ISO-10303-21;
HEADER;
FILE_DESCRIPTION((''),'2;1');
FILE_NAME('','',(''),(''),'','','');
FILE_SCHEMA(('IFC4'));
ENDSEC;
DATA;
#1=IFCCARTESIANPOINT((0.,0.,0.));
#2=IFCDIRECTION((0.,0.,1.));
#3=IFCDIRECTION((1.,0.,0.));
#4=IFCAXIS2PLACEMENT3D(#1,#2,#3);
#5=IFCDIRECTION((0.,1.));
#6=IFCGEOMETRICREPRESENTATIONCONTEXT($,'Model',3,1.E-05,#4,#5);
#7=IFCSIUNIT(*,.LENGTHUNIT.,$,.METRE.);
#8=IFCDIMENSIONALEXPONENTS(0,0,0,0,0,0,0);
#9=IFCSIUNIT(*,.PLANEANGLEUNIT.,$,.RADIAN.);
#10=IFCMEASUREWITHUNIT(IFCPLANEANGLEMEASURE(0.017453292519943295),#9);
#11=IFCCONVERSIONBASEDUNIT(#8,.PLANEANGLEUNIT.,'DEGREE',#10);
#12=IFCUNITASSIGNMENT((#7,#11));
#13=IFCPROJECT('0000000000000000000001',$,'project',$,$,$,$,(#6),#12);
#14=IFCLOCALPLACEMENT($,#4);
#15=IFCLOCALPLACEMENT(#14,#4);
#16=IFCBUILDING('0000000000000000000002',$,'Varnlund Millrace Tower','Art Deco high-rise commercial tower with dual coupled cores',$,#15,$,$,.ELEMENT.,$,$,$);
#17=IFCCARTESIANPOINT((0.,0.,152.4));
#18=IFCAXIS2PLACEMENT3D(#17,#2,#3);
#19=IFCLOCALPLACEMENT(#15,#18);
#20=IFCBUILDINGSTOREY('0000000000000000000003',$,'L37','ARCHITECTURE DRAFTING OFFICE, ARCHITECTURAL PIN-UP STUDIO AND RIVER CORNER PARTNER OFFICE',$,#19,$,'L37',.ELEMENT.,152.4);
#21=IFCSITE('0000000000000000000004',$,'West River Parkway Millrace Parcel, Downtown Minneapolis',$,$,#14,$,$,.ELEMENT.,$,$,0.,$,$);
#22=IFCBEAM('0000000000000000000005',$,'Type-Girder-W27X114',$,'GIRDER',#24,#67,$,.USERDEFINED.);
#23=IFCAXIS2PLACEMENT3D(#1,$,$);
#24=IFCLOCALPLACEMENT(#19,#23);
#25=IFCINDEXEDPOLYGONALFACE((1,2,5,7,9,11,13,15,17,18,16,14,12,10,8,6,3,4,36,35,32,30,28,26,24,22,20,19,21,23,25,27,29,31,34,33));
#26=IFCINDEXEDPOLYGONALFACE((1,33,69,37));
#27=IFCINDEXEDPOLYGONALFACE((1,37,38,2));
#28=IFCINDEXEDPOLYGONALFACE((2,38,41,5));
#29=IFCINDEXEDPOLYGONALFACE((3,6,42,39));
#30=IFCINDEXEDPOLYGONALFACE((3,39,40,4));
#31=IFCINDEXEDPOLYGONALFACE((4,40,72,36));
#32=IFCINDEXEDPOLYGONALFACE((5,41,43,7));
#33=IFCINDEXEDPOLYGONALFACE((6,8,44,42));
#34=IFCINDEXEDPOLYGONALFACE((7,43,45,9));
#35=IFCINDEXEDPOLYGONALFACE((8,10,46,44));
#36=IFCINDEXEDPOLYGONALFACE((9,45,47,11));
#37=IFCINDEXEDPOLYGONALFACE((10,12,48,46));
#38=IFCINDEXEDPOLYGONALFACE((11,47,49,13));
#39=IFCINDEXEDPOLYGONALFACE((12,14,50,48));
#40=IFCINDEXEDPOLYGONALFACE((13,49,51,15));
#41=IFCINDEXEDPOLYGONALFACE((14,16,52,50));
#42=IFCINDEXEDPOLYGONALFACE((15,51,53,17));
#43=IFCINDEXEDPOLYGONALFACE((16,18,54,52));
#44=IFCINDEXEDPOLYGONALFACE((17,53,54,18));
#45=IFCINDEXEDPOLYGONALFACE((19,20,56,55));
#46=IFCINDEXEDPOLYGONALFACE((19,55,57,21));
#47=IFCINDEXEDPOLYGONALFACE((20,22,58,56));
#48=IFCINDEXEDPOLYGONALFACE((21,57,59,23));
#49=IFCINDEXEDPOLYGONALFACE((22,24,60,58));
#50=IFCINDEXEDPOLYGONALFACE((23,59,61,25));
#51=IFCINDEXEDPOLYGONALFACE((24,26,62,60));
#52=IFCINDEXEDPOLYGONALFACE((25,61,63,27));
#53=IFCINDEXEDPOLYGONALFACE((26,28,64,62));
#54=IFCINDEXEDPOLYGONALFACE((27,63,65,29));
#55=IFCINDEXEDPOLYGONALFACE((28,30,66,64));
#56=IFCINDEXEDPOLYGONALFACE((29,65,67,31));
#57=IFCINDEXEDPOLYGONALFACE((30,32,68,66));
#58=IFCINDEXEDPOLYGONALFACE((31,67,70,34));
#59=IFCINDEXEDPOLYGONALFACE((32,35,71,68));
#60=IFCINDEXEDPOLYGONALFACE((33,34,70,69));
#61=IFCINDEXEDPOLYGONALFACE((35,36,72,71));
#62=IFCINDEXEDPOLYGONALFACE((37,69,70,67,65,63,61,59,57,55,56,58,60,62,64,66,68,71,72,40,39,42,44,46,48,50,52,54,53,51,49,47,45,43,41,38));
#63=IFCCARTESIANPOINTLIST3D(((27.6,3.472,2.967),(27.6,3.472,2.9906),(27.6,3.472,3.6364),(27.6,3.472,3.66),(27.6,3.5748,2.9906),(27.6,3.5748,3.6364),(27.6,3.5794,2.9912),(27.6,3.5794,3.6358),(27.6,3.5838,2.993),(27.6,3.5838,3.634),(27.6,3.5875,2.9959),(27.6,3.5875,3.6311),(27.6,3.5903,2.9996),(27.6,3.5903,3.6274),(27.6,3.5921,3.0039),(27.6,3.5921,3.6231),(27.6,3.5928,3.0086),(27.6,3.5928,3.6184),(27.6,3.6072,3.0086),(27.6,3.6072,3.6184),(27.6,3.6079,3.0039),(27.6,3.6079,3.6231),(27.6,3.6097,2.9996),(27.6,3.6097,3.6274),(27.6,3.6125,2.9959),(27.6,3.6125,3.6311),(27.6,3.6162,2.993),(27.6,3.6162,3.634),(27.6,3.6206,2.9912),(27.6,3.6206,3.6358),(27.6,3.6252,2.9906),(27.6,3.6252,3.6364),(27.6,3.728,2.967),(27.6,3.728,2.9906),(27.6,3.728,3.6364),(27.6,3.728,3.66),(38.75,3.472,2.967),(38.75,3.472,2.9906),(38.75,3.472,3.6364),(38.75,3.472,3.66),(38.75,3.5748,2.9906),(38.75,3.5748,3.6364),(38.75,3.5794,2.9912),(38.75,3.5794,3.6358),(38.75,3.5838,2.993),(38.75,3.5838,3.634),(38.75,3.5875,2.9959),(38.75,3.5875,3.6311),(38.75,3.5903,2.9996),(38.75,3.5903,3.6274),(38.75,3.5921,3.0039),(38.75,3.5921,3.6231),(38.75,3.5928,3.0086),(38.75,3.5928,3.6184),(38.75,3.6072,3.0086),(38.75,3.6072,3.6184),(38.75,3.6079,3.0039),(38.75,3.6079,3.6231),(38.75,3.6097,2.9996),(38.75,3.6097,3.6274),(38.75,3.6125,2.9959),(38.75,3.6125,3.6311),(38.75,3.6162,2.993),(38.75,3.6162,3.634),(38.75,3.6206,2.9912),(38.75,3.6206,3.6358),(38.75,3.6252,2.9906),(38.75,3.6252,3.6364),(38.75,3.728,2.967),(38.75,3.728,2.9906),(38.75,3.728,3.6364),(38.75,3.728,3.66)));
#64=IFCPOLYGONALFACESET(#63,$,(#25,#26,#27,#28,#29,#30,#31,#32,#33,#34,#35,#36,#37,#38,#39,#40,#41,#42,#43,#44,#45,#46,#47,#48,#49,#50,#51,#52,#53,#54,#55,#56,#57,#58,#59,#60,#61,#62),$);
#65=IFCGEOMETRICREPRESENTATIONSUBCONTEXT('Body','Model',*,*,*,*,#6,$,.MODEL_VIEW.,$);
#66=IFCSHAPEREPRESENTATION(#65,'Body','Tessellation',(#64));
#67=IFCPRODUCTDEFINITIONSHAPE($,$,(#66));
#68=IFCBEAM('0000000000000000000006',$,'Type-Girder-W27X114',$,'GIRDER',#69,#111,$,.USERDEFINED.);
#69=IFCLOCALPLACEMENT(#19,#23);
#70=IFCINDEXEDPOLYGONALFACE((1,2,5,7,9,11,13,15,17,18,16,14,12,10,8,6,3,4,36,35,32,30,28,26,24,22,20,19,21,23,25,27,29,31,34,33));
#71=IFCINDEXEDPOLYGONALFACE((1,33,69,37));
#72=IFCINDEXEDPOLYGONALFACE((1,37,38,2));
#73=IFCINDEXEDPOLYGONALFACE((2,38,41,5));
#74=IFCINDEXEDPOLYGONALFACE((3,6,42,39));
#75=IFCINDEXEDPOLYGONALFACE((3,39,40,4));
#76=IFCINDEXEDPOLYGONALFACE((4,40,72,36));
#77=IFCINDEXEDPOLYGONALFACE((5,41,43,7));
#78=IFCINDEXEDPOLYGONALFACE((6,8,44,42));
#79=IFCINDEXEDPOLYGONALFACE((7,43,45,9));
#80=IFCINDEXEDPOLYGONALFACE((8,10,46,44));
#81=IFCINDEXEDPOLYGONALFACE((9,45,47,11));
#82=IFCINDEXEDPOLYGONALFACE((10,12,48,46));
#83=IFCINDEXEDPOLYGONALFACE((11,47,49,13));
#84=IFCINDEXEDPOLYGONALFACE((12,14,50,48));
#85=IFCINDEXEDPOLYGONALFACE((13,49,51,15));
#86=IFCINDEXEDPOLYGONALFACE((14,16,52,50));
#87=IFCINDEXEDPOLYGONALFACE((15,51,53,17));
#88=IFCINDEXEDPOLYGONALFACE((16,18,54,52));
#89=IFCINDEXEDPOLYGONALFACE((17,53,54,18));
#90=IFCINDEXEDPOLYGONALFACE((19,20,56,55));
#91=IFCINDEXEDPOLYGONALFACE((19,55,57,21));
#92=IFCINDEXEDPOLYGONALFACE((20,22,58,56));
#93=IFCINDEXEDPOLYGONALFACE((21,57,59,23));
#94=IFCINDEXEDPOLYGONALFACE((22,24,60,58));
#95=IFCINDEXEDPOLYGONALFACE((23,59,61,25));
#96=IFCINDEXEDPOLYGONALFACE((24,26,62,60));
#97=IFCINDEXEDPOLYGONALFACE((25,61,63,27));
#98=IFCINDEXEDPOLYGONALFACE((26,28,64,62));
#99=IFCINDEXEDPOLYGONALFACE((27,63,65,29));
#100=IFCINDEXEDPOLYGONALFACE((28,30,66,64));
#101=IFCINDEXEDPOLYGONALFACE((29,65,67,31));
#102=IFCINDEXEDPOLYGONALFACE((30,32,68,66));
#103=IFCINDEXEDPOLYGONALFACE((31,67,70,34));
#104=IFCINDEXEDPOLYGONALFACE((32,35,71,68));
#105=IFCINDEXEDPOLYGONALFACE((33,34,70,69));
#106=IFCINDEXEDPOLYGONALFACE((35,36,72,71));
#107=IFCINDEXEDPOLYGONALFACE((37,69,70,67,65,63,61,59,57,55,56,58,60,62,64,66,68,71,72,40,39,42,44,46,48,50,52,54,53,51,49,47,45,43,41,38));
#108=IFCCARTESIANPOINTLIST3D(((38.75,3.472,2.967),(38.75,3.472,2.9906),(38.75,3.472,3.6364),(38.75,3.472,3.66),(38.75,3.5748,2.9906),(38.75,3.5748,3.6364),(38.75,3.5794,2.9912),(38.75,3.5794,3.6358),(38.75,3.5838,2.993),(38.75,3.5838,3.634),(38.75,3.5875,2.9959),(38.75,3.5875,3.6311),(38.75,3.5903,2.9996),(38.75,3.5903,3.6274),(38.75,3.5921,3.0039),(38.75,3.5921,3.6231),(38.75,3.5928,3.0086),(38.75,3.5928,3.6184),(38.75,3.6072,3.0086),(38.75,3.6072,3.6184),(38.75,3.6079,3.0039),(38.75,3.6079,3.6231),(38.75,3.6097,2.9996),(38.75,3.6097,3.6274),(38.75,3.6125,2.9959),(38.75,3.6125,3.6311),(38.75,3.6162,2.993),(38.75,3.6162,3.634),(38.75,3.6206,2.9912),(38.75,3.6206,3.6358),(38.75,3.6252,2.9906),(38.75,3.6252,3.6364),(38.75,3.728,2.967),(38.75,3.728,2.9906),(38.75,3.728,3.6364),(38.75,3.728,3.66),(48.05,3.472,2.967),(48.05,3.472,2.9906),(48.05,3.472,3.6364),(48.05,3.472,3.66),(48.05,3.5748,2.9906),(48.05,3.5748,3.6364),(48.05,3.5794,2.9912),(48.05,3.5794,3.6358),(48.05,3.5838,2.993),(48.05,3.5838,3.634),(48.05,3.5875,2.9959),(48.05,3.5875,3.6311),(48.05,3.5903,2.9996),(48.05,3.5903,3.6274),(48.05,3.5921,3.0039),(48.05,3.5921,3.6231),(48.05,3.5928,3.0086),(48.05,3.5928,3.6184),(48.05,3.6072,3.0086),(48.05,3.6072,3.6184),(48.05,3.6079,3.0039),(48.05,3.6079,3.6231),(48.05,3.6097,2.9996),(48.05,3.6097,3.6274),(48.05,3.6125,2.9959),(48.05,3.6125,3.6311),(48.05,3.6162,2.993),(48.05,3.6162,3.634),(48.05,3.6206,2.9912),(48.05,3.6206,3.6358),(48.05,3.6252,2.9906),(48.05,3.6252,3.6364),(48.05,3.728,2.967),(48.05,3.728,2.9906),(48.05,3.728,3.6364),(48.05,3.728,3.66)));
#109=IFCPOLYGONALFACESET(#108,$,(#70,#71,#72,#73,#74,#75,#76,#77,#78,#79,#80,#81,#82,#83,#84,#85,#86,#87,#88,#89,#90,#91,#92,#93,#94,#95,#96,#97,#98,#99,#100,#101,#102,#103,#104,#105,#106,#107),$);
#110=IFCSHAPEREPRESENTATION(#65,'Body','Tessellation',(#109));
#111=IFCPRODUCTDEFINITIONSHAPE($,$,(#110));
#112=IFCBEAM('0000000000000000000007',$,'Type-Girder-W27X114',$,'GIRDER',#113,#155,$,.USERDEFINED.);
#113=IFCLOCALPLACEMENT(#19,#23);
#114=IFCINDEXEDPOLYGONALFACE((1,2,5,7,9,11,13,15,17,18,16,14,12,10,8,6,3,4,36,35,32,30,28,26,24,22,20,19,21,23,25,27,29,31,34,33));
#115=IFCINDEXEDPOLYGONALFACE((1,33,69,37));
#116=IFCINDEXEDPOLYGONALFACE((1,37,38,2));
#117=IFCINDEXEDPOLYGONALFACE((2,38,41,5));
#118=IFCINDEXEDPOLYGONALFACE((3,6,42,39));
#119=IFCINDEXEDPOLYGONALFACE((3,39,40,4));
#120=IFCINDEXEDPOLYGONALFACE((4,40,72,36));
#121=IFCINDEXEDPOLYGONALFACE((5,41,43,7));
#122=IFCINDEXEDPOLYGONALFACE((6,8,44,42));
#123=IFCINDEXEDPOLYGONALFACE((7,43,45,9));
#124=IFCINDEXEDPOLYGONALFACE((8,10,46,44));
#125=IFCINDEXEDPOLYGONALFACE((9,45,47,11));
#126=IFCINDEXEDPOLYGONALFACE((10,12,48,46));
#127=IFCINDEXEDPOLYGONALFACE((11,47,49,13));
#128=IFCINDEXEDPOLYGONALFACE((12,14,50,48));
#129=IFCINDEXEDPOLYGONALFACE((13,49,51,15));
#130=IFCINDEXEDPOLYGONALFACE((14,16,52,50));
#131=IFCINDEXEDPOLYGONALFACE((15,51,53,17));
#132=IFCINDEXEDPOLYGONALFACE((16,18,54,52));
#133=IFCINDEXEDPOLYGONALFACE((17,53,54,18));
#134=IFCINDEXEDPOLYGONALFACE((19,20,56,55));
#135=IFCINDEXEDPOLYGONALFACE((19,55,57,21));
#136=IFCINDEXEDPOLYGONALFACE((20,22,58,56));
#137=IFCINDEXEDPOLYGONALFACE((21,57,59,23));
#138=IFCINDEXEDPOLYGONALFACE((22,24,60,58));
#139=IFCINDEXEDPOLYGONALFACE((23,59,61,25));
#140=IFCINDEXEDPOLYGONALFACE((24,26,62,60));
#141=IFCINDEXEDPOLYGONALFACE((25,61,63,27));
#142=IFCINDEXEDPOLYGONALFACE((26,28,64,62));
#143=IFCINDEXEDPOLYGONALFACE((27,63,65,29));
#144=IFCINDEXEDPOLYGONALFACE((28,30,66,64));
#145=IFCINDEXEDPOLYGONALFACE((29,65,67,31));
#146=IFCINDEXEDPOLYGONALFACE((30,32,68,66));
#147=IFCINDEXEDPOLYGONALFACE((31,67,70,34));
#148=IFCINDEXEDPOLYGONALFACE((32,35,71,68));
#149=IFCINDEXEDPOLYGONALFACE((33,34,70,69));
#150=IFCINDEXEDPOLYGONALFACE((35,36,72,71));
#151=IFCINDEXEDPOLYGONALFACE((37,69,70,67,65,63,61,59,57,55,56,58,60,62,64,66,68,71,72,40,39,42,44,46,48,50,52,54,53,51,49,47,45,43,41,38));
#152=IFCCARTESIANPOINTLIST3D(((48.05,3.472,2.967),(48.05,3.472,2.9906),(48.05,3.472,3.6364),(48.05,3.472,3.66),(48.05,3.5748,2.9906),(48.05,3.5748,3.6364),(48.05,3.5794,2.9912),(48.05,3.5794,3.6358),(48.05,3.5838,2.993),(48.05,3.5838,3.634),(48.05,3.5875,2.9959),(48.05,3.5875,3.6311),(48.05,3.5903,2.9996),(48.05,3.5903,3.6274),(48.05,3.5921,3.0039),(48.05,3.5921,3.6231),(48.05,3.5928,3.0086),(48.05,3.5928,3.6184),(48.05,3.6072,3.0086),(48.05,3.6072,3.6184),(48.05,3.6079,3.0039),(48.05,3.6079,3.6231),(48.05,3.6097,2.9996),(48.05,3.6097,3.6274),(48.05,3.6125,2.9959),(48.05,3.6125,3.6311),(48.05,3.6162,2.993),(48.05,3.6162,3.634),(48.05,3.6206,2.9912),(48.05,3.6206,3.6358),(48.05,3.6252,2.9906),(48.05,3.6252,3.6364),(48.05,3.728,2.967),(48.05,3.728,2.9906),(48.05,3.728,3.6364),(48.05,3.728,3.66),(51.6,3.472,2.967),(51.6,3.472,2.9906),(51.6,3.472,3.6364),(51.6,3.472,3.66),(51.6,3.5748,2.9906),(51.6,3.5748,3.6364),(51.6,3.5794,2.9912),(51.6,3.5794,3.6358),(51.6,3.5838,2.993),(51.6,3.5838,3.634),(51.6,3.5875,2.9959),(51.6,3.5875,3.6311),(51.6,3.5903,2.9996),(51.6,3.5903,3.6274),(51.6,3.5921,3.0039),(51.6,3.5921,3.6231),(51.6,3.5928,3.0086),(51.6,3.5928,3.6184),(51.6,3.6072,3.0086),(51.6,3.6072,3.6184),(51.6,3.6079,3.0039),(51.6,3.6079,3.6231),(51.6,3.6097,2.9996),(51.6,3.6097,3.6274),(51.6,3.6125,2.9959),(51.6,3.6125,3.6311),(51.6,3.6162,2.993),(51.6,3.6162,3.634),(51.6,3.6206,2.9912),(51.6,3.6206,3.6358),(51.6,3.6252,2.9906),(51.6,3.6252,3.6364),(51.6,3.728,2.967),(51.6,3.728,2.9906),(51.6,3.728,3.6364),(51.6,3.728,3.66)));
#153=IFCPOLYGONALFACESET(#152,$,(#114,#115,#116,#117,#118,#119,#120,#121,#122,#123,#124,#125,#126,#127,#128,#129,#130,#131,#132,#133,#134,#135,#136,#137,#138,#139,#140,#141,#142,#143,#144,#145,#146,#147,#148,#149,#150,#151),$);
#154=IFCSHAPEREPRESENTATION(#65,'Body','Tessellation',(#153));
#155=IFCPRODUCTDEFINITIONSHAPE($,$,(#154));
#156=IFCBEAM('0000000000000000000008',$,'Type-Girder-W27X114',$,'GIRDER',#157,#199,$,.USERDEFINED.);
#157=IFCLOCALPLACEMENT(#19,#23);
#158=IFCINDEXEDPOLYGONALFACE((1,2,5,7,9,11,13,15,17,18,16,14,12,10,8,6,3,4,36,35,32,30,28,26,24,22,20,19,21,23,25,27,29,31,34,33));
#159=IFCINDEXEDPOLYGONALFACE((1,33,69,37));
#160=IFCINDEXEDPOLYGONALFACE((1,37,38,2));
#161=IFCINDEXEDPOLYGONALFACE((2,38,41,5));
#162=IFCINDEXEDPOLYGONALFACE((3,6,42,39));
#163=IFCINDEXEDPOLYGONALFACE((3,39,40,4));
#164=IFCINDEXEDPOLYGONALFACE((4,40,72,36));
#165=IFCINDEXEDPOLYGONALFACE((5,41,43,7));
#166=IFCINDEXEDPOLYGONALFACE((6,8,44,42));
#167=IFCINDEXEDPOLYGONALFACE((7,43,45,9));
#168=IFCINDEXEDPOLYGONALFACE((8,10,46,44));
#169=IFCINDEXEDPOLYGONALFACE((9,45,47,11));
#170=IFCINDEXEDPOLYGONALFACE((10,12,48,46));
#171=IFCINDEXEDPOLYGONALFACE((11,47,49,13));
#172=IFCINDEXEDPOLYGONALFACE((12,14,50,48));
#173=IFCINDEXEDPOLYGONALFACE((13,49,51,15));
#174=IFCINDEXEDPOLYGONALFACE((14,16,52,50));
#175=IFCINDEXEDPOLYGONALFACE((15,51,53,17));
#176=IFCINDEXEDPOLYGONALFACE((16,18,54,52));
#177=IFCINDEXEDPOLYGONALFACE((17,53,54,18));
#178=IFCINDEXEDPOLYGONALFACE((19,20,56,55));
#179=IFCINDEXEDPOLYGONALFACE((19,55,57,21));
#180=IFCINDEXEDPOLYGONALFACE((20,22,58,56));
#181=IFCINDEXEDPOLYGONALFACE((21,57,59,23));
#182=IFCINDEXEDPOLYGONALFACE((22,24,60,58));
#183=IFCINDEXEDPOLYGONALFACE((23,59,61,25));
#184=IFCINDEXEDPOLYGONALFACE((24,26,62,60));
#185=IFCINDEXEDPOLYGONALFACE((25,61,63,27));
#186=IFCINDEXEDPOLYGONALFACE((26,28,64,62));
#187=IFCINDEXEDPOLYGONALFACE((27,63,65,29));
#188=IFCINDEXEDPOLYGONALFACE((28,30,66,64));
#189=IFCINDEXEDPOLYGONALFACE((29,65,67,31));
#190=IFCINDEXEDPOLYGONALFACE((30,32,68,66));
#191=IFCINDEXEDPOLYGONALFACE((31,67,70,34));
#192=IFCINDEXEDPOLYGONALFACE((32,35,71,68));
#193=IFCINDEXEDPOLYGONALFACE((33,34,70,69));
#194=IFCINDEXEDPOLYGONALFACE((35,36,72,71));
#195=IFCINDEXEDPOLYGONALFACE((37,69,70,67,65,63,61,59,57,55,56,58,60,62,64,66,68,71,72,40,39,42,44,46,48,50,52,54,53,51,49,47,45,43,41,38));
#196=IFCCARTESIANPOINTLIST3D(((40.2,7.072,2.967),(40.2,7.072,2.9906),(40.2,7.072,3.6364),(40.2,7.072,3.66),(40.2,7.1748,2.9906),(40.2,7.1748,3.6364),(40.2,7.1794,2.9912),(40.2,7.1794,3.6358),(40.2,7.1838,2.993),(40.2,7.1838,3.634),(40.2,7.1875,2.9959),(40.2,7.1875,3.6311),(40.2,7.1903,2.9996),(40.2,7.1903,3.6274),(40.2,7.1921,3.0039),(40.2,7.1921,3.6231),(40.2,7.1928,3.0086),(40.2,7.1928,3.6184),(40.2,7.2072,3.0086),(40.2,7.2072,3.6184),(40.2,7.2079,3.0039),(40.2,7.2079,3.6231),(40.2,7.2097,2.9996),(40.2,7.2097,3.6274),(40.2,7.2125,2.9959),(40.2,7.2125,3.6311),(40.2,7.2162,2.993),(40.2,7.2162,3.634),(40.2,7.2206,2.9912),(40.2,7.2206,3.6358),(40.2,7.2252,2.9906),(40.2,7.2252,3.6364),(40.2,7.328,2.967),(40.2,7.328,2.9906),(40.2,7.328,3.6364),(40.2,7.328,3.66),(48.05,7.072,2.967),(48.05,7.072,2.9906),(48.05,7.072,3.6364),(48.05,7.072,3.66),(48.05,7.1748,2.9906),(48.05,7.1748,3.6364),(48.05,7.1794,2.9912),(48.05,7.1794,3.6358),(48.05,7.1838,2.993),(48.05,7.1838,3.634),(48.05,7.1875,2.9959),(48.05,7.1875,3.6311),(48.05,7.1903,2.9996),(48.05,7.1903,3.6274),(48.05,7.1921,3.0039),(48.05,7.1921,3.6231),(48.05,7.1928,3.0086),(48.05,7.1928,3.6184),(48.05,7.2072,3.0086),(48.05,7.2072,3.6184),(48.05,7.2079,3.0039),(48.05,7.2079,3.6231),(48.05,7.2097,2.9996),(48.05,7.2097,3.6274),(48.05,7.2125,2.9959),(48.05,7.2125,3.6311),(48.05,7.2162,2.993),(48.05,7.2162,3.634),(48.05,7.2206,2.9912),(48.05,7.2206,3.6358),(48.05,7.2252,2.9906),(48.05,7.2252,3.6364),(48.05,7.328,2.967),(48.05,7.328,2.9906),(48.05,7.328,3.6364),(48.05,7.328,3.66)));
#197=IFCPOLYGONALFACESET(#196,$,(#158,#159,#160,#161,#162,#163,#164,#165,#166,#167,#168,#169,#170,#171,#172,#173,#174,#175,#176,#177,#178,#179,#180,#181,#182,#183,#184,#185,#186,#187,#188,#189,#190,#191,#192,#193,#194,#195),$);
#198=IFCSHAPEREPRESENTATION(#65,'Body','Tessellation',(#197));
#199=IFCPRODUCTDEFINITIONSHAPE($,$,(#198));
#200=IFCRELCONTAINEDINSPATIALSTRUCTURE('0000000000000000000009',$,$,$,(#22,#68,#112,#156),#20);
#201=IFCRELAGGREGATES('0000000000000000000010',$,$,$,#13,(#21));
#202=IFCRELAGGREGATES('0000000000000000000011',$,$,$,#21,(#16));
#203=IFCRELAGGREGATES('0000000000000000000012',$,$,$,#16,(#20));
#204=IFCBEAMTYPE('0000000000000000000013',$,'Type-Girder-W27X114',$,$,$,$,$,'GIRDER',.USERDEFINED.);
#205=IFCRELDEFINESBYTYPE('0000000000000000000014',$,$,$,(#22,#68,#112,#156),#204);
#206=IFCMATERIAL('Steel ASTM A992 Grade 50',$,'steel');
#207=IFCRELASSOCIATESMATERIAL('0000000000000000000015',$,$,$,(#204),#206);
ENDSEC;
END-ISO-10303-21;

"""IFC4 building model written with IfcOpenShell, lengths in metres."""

from ifc_helpers import new_model, entity, si_unit, converted_unit, direction, frame, origin_with_axes, origin_2d_with_axis, place, context, subcontext, project, spatial, i_section, extrude, material, material_profile, profile_set, type_object, element, save


model = new_model("IFC4")

# Units and contexts
model_context = context("Model", 3, precision=1e-05, world=origin_with_axes(), true_north=direction((0.0, 1.0)))
body_context = subcontext(model_context, "Body", "Model", "MODEL_VIEW")
ifc_project = project(units=[si_unit("LENGTHUNIT", "METRE"), converted_unit("PLANEANGLEUNIT", "DEGREE", entity("IfcPlaneAngleMeasure", 0.017453292519943295), si_unit("PLANEANGLEUNIT", "RADIAN"), dimensions=[0, 0, 0, 0, 0, 0, 0])], contexts=[model_context])

# Site, building, storey
site_placement = place(None, origin_with_axes())
site = spatial("IfcSite", under=ifc_project, at=site_placement, Name="West River Parkway Millrace Parcel, Downtown Minneapolis", CompositionType="ELEMENT", RefElevation=0.0)
building_placement = place(site_placement, origin_with_axes())
building = spatial("IfcBuilding", under=site, at=building_placement, Name="Varnlund Millrace Tower", Description="Art Deco high-rise commercial tower with dual coupled cores", CompositionType="ELEMENT")
storey_placement = place(building_placement, frame((0.0, 0.0, 152.4), z_axis=(0.0, 0.0, 1.0), x_axis=(1.0, 0.0, 0.0)))
storey = spatial("IfcBuildingStorey", under=building, at=storey_placement, Name="L37", Description="ARCHITECTURE DRAFTING OFFICE, ARCHITECTURAL PIN-UP STUDIO AND RIVER CORNER PARTNER OFFICE", LongName="L37", CompositionType="ELEMENT", Elevation=152.4)

# Beams
ifc_material_1 = material(Name="Steel ASTM A992 Grade 50", Category="steel")
ifc_material_profile_1 = material_profile(ifc_material_1, i_section(OverallWidth=0.256, OverallDepth=0.693, WebThickness=0.0145, FlangeThickness=0.0236, FilletRadius=0.018, at=origin_2d_with_axis()), Name="Steel ASTM A992 Grade 50")
ifc_profile_set_1 = profile_set([ifc_material_profile_1], Name="Steel ASTM A992 Grade 50")
beam_type_1 = type_object("IfcBeamType", Name="Type-Girder-W27X114", ElementType="GIRDER", PredefinedType="USERDEFINED", material=ifc_profile_set_1)
beam_1_placement = place(storey_placement, frame((27.6, 3.6, 3.3135), z_axis=(1.0, 0.0, 0.0), x_axis=(0.0, 1.0, 0.0)))
element("IfcBeam", 1, at=beam_1_placement, inside=storey, type_object=beam_type_1, Name="Type-Girder-W27X114", ObjectType="GIRDER", PredefinedType="USERDEFINED", context=body_context, shape_type="SweptSolid", body=[
    extrude(i_section(OverallWidth=0.256, OverallDepth=0.693, WebThickness=0.0145, FlangeThickness=0.0236, FilletRadius=0.018, at=origin_2d_with_axis()), origin_with_axes(), (0.0, 0.0, 1.0), 11.15),
])
beam_2_placement = place(storey_placement, frame((38.75, 3.6, 3.3135), z_axis=(1.0, 0.0, 0.0), x_axis=(0.0, 1.0, 0.0)))
element("IfcBeam", 2, at=beam_2_placement, inside=storey, type_object=beam_type_1, Name="Type-Girder-W27X114", ObjectType="GIRDER", PredefinedType="USERDEFINED", context=body_context, shape_type="SweptSolid", body=[
    extrude(i_section(OverallWidth=0.256, OverallDepth=0.693, WebThickness=0.0145, FlangeThickness=0.0236, FilletRadius=0.018, at=origin_2d_with_axis()), origin_with_axes(), (0.0, 0.0, 1.0), 9.3),
])
beam_3_placement = place(storey_placement, frame((48.05, 3.6, 3.3135), z_axis=(1.0, 0.0, 0.0), x_axis=(0.0, 1.0, 0.0)))
element("IfcBeam", 3, at=beam_3_placement, inside=storey, type_object=beam_type_1, Name="Type-Girder-W27X114", ObjectType="GIRDER", PredefinedType="USERDEFINED", context=body_context, shape_type="SweptSolid", body=[
    extrude(i_section(OverallWidth=0.256, OverallDepth=0.693, WebThickness=0.0145, FlangeThickness=0.0236, FilletRadius=0.018, at=origin_2d_with_axis()), origin_with_axes(), (0.0, 0.0, 1.0), 3.55),
])
beam_4_placement = place(storey_placement, frame((40.2, 7.2, 3.3135), z_axis=(1.0, 0.0, 0.0), x_axis=(0.0, 1.0, 0.0)))
element("IfcBeam", 4, at=beam_4_placement, inside=storey, type_object=beam_type_1, Name="Type-Girder-W27X114", ObjectType="GIRDER", PredefinedType="USERDEFINED", context=body_context, shape_type="SweptSolid", body=[
    extrude(i_section(OverallWidth=0.256, OverallDepth=0.693, WebThickness=0.0145, FlangeThickness=0.0236, FilletRadius=0.018, at=origin_2d_with_axis()), origin_with_axes(), (0.0, 0.0, 1.0), 7.85),
])

save(model, "model.ifc")
